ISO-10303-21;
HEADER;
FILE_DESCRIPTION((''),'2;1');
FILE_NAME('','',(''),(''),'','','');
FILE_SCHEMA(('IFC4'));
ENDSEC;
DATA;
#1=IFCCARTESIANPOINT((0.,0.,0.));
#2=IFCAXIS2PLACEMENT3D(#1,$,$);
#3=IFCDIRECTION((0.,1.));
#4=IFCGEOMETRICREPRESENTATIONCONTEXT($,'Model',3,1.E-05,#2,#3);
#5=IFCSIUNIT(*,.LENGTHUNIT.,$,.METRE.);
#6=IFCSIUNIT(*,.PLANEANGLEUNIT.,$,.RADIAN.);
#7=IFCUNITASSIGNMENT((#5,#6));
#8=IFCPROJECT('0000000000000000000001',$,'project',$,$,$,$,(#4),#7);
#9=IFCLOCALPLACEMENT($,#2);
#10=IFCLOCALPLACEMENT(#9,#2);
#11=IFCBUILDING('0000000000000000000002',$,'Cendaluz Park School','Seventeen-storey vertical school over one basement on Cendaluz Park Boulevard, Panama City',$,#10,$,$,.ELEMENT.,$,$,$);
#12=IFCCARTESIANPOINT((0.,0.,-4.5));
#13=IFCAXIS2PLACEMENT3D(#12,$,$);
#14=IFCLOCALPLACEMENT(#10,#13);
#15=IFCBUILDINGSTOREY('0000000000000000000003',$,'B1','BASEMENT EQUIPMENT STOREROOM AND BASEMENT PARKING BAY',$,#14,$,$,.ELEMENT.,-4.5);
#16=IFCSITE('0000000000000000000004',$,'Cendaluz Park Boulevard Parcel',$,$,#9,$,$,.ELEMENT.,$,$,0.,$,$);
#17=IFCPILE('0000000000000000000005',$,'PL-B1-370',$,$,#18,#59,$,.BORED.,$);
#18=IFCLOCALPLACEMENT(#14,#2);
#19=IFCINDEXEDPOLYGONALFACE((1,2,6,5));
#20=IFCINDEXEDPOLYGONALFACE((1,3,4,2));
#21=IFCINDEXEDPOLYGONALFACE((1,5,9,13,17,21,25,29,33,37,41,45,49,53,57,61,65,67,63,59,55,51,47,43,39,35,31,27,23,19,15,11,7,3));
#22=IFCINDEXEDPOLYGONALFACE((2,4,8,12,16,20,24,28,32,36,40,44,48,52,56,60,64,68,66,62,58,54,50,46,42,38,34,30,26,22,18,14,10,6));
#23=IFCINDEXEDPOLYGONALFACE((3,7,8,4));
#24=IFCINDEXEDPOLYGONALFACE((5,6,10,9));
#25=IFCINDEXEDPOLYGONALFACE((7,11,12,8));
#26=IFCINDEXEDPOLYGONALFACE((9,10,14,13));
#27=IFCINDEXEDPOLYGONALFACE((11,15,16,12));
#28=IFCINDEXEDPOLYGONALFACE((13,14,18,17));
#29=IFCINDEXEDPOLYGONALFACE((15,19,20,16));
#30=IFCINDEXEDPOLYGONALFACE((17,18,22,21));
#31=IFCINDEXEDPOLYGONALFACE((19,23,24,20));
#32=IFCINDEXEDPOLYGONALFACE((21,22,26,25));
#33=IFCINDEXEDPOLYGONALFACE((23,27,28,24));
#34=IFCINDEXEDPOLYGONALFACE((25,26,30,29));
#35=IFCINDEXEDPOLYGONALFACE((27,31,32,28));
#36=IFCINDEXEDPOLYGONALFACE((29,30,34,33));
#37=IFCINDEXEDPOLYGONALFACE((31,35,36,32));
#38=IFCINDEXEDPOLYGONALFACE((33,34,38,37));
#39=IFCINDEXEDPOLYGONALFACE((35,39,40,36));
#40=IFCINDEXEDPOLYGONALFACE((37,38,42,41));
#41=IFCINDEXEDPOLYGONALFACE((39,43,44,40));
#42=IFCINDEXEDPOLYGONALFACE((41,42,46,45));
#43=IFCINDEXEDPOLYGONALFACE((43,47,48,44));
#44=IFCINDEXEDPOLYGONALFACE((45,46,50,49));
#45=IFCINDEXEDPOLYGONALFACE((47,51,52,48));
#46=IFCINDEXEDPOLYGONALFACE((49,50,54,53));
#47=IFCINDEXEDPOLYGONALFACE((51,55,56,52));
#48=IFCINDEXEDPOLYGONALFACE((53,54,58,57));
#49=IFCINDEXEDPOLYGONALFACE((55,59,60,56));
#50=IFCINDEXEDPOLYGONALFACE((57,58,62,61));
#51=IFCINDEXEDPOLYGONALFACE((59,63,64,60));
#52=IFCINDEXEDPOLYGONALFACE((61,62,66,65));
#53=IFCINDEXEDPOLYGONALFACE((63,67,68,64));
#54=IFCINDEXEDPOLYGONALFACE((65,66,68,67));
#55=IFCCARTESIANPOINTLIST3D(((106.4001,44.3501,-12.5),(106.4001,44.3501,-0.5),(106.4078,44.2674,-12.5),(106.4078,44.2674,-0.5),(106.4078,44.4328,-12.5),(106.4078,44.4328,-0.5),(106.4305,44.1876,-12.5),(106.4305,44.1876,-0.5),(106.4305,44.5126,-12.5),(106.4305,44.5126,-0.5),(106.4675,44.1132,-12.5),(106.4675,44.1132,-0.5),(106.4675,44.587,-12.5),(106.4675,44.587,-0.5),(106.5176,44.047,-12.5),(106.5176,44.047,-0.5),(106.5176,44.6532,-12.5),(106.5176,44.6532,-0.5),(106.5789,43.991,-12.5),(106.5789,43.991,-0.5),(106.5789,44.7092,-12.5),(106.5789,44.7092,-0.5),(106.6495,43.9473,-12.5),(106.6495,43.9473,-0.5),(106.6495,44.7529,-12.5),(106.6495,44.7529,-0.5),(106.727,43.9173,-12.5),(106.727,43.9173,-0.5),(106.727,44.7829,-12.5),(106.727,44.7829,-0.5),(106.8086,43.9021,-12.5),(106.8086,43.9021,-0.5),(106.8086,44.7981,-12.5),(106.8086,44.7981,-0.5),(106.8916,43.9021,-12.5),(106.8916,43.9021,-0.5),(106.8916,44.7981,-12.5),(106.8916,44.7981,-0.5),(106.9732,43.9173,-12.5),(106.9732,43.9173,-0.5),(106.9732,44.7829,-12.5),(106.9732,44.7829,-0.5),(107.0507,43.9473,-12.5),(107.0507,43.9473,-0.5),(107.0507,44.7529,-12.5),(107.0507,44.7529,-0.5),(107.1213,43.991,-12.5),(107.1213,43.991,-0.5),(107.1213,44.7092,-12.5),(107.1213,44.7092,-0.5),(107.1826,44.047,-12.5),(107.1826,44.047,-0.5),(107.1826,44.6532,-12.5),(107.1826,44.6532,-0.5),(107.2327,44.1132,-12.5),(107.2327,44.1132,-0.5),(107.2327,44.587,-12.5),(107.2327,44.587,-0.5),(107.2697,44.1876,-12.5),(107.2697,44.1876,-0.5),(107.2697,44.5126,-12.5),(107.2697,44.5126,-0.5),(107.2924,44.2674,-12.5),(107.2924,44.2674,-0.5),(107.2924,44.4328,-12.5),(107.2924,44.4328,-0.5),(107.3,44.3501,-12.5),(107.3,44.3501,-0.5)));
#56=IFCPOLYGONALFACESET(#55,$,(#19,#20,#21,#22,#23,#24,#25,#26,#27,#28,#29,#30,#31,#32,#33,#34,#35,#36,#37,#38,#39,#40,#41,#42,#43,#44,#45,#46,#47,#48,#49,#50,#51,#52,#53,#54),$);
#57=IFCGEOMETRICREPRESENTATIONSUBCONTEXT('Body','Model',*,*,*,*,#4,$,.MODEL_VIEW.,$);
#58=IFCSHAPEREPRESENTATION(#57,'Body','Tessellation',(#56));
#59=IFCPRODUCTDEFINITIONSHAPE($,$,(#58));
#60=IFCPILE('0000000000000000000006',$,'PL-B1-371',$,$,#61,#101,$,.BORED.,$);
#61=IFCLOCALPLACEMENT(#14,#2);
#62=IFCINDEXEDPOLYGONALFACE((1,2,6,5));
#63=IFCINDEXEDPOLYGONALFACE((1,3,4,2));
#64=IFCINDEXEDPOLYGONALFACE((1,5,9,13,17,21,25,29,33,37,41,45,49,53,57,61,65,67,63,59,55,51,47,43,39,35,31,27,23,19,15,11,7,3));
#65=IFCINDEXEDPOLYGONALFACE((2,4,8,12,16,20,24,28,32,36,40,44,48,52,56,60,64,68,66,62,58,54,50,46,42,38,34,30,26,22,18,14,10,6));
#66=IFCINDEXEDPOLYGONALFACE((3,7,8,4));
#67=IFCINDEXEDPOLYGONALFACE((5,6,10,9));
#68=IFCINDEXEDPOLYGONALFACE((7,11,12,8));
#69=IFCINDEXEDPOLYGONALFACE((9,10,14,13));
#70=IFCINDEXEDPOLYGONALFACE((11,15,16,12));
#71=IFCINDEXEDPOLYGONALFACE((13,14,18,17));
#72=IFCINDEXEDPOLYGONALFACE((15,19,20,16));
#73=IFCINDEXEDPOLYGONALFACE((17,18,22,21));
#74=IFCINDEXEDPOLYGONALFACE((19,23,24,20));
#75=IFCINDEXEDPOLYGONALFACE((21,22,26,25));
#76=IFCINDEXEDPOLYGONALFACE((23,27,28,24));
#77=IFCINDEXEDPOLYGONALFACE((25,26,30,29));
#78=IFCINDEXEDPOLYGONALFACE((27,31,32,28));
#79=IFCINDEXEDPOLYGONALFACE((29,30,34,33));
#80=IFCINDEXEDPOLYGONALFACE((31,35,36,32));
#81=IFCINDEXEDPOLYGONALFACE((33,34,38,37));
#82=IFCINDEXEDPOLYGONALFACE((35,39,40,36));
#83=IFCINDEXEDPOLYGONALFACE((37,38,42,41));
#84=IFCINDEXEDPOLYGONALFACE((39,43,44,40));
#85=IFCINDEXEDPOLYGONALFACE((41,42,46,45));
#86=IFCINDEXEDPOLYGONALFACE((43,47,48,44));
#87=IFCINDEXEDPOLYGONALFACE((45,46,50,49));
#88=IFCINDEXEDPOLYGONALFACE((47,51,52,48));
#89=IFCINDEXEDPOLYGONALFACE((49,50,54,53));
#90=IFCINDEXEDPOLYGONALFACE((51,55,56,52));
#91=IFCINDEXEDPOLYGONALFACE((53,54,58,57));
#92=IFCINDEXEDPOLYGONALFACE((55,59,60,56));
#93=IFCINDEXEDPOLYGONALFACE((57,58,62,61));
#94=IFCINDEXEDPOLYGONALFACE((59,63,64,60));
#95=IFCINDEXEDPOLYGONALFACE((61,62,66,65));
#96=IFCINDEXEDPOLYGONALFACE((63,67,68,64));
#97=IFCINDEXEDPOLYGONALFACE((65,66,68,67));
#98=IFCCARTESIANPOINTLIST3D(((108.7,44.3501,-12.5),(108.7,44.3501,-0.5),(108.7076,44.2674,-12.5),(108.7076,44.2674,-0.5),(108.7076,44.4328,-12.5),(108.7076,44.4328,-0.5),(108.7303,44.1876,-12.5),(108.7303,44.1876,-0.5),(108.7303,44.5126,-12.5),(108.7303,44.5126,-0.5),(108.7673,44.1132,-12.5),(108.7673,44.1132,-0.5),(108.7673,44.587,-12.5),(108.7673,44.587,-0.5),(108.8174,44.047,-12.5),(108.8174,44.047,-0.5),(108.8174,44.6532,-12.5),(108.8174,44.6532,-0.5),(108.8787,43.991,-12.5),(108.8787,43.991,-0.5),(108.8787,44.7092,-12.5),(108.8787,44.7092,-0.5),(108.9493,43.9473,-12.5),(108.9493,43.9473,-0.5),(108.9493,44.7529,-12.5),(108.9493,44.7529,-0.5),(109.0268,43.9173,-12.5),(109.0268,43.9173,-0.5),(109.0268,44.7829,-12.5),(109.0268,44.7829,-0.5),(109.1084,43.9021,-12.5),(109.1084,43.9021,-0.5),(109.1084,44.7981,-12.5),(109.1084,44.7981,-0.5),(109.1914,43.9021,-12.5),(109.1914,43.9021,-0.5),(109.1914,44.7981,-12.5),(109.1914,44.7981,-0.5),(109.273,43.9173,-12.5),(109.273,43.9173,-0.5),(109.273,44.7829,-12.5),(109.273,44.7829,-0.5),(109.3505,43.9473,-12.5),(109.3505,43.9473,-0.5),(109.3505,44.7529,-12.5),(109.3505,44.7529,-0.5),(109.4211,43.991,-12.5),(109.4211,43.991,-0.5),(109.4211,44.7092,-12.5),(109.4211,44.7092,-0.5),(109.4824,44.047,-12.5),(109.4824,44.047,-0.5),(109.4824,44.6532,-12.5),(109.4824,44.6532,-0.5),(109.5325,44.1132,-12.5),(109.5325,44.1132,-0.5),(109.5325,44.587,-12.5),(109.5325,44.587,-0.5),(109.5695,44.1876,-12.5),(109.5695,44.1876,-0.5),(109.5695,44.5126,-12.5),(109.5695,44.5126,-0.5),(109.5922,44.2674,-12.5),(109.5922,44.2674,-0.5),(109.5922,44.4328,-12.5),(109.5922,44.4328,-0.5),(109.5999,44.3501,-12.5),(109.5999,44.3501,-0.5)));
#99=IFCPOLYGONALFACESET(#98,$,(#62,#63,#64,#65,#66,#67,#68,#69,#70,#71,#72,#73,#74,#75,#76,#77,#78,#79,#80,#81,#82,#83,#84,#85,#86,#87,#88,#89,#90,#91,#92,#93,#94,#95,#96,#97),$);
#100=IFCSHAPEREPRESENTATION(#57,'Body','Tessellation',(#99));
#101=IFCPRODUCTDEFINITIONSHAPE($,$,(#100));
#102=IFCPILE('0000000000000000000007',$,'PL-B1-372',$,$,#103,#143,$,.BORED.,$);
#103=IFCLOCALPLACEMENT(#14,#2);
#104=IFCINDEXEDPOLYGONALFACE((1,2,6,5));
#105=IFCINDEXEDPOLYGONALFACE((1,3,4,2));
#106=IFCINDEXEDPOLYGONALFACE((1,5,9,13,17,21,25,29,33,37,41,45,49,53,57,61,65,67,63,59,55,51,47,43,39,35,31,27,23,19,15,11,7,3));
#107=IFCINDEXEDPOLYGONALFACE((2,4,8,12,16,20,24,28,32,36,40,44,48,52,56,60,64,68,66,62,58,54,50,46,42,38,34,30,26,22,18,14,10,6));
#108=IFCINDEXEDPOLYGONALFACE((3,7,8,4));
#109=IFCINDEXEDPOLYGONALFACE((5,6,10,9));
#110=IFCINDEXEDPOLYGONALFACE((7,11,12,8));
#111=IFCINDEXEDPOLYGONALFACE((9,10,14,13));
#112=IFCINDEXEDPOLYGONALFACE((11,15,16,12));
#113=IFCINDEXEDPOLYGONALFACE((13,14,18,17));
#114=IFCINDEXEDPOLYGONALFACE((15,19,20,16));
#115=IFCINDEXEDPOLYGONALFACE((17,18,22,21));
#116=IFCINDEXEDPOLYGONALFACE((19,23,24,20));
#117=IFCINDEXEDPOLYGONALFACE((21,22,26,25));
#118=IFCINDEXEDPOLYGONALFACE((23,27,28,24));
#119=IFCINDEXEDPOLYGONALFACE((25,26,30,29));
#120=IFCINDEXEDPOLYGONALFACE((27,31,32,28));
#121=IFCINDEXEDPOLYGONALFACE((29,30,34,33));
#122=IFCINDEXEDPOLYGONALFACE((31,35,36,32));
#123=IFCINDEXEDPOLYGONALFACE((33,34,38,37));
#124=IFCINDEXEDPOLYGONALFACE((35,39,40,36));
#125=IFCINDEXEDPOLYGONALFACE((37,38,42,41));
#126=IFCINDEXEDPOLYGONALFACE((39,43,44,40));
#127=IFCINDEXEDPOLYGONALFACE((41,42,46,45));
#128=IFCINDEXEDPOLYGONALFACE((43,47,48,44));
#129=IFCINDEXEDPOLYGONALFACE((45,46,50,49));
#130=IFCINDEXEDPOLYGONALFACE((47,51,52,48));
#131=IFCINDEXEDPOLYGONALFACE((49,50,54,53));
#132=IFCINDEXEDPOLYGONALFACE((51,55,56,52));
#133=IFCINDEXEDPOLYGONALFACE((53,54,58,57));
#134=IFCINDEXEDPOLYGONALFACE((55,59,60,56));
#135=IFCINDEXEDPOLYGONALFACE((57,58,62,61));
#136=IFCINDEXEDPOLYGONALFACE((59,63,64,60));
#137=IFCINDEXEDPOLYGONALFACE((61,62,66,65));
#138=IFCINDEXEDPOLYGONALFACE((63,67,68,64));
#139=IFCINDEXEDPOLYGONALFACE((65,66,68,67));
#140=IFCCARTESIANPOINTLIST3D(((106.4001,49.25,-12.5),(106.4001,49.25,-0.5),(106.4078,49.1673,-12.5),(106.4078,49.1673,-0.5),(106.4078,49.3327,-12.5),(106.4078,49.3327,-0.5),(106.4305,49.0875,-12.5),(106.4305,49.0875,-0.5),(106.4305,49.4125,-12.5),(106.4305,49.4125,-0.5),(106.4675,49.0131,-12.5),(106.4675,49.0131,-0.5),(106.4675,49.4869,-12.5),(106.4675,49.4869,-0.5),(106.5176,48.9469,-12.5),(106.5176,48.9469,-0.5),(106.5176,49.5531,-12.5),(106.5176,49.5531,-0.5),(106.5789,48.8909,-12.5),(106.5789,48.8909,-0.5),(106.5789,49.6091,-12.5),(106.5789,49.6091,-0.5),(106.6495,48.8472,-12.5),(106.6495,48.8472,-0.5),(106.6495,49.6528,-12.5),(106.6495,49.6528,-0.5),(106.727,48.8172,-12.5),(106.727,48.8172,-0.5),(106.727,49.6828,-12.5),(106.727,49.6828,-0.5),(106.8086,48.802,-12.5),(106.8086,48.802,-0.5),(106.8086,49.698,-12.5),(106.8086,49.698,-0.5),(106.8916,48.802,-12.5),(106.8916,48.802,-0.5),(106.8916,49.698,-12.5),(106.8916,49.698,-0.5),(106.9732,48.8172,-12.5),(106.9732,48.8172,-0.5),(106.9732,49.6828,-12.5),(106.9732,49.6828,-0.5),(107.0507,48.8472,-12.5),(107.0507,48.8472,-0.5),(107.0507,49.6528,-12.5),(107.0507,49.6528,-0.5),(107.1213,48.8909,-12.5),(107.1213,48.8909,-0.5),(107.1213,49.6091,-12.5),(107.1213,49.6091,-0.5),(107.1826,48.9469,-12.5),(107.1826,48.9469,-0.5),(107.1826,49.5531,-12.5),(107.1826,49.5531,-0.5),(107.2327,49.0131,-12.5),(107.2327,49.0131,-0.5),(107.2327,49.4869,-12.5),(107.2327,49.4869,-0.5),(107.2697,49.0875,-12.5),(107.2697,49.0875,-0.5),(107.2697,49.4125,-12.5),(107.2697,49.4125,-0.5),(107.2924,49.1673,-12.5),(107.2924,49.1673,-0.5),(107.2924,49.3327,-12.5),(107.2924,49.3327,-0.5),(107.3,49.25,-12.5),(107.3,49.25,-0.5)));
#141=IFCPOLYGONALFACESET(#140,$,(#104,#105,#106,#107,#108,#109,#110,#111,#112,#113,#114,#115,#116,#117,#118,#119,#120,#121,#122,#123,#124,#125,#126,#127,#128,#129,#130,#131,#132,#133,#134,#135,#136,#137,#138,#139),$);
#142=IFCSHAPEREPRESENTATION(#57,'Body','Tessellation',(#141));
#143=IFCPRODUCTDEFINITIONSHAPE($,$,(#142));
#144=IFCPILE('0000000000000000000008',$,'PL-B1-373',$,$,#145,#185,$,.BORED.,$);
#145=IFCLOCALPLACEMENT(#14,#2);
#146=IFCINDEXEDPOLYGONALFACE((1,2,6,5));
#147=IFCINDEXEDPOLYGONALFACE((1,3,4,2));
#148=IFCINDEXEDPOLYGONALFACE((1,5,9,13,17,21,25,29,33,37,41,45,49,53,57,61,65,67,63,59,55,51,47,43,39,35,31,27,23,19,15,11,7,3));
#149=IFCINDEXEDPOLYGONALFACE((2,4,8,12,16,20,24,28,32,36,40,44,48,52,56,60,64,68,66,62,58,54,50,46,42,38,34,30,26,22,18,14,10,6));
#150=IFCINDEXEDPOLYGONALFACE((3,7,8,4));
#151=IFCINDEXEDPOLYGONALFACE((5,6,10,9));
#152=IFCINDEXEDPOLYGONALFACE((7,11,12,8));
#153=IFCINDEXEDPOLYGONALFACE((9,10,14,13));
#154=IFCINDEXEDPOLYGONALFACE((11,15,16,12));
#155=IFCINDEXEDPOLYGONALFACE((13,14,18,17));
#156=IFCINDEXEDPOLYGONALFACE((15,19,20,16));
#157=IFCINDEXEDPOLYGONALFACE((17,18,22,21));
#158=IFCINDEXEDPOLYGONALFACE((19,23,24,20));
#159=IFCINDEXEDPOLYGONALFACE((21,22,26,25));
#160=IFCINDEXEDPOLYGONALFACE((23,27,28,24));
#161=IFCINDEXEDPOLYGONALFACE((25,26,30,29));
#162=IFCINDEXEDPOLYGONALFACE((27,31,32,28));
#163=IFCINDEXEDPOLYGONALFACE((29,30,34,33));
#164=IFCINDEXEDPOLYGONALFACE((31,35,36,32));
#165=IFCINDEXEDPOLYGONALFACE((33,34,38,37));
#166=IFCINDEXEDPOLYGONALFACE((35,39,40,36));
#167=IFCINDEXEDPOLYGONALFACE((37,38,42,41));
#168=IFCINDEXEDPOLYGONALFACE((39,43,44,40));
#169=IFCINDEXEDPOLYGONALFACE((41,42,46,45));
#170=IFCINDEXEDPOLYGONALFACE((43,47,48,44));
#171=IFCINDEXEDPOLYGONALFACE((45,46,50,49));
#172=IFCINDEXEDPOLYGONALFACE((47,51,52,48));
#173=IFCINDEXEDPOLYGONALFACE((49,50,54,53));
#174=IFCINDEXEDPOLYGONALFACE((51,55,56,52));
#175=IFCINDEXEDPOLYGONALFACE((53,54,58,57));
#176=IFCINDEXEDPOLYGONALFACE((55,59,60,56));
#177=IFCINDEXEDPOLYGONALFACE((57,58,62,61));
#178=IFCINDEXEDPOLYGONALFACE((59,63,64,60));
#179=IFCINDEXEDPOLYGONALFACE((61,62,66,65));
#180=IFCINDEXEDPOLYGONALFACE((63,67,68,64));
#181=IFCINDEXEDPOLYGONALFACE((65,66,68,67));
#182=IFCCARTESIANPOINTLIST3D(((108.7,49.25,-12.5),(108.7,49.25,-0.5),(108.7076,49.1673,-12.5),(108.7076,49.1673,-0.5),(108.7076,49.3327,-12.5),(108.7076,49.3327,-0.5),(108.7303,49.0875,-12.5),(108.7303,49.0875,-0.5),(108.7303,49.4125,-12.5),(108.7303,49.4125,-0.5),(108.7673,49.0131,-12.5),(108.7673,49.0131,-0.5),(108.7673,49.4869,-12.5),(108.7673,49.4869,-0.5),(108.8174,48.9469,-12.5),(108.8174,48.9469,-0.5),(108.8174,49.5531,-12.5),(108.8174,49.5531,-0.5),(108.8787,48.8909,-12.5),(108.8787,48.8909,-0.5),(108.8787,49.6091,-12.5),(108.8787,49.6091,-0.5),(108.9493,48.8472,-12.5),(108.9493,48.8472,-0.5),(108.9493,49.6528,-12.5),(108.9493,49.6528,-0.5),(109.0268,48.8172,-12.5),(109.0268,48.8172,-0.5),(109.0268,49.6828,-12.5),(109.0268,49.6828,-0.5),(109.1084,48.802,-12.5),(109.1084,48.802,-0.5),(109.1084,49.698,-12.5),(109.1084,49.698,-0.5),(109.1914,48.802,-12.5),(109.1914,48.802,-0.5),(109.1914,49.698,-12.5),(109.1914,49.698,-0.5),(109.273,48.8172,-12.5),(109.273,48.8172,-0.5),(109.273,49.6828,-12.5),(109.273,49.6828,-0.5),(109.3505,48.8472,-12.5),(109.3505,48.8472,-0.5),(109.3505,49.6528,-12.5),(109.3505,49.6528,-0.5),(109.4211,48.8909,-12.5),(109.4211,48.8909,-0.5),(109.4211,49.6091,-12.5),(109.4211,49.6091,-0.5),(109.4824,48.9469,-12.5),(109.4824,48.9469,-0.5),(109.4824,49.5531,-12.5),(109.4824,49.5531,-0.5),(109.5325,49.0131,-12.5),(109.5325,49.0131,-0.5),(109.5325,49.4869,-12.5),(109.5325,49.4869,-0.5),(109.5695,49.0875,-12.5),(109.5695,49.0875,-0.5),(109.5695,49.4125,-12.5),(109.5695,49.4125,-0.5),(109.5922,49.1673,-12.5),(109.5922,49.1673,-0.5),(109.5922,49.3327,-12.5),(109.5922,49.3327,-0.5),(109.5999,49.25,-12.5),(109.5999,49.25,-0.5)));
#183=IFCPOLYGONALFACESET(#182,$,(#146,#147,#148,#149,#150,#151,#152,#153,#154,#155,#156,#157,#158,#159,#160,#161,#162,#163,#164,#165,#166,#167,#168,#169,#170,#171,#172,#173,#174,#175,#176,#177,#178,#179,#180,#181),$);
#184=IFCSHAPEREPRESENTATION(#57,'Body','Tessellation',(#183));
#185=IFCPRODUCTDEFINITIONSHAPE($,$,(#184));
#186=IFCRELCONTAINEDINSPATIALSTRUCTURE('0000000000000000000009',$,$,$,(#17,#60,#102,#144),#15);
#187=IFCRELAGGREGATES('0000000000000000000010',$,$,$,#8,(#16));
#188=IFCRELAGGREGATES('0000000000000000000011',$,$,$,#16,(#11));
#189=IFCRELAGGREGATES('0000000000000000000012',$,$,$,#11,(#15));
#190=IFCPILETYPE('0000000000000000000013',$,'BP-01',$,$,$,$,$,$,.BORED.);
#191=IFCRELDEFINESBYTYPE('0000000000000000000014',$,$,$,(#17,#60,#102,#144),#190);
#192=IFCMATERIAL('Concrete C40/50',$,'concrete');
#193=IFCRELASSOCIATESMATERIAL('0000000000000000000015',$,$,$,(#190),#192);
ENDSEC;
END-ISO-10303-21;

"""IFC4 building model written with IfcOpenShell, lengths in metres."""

from ifc_helpers import new_model, si_unit, direction, frame, origin, origin_2d, place, context, subcontext, project, spatial, circle, extrude, material, material_profile, profile_set, type_object, element, save


model = new_model("IFC4")

# Units and contexts
model_context = context("Model", 3, precision=1e-05, world=origin(), true_north=direction((0.0, 1.0)))
body_context = subcontext(model_context, "Body", "Model", "MODEL_VIEW")
ifc_project = project(units=[si_unit("LENGTHUNIT", "METRE"), si_unit("PLANEANGLEUNIT", "RADIAN")], contexts=[model_context])

# Site, building, storey
site_placement = place(None, origin())
site = spatial("IfcSite", under=ifc_project, at=site_placement, Name="Cendaluz Park Boulevard Parcel", CompositionType="ELEMENT", RefElevation=0.0)
building_placement = place(site_placement, origin())
building = spatial("IfcBuilding", under=site, at=building_placement, Name="Cendaluz Park School", Description="Seventeen-storey vertical school over one basement on Cendaluz Park Boulevard, Panama City", CompositionType="ELEMENT")
storey_placement = place(building_placement, frame((0.0, 0.0, -4.5)))
storey = spatial("IfcBuildingStorey", under=building, at=storey_placement, Name="B1", Description="BASEMENT EQUIPMENT STOREROOM AND BASEMENT PARKING BAY", CompositionType="ELEMENT", Elevation=-4.5)

# Piles
ifc_material_1 = material(Name="Concrete C40/50", Category="concrete")
ifc_material_profile_1 = material_profile(ifc_material_1, circle(Radius=0.45, at=origin_2d()), Name="BP D900", Category="concrete")
ifc_profile_set_1 = profile_set([ifc_material_profile_1], Name="Concrete C40/50")
pile_type = type_object("IfcPileType", Name="BP-01", PredefinedType="BORED", material=ifc_profile_set_1)
for number, where, z_axis, x_axis, name in (
    (1, (106.8501, 44.3501, -0.5), (0.0, 0.0, -1.0), (1.0, 0.0, 0.0), "PL-B1-370"),
    (2, (109.1499, 44.3501, -0.5), (0.0, 0.0, -1.0), (1.0, 0.0, 0.0), "PL-B1-371"),
    (3, (106.8501, 49.25, -0.5), (0.0, 0.0, -1.0), (1.0, 0.0, 0.0), "PL-B1-372"),
    (4, (109.1499, 49.25, -0.5), (0.0, 0.0, -1.0), (1.0, 0.0, 0.0), "PL-B1-373"),
):
    element("IfcPile", number, at=place(storey_placement, frame(where, z_axis=z_axis, x_axis=x_axis)), inside=storey, type_object=pile_type, Name=name, PredefinedType="BORED", context=body_context, shape_type="SweptSolid", body=[
        extrude(circle(Radius=0.45, at=origin_2d()), origin(), (0.0, 0.0, 1.0), 12.0),
    ])

save(model, "model.ifc")
